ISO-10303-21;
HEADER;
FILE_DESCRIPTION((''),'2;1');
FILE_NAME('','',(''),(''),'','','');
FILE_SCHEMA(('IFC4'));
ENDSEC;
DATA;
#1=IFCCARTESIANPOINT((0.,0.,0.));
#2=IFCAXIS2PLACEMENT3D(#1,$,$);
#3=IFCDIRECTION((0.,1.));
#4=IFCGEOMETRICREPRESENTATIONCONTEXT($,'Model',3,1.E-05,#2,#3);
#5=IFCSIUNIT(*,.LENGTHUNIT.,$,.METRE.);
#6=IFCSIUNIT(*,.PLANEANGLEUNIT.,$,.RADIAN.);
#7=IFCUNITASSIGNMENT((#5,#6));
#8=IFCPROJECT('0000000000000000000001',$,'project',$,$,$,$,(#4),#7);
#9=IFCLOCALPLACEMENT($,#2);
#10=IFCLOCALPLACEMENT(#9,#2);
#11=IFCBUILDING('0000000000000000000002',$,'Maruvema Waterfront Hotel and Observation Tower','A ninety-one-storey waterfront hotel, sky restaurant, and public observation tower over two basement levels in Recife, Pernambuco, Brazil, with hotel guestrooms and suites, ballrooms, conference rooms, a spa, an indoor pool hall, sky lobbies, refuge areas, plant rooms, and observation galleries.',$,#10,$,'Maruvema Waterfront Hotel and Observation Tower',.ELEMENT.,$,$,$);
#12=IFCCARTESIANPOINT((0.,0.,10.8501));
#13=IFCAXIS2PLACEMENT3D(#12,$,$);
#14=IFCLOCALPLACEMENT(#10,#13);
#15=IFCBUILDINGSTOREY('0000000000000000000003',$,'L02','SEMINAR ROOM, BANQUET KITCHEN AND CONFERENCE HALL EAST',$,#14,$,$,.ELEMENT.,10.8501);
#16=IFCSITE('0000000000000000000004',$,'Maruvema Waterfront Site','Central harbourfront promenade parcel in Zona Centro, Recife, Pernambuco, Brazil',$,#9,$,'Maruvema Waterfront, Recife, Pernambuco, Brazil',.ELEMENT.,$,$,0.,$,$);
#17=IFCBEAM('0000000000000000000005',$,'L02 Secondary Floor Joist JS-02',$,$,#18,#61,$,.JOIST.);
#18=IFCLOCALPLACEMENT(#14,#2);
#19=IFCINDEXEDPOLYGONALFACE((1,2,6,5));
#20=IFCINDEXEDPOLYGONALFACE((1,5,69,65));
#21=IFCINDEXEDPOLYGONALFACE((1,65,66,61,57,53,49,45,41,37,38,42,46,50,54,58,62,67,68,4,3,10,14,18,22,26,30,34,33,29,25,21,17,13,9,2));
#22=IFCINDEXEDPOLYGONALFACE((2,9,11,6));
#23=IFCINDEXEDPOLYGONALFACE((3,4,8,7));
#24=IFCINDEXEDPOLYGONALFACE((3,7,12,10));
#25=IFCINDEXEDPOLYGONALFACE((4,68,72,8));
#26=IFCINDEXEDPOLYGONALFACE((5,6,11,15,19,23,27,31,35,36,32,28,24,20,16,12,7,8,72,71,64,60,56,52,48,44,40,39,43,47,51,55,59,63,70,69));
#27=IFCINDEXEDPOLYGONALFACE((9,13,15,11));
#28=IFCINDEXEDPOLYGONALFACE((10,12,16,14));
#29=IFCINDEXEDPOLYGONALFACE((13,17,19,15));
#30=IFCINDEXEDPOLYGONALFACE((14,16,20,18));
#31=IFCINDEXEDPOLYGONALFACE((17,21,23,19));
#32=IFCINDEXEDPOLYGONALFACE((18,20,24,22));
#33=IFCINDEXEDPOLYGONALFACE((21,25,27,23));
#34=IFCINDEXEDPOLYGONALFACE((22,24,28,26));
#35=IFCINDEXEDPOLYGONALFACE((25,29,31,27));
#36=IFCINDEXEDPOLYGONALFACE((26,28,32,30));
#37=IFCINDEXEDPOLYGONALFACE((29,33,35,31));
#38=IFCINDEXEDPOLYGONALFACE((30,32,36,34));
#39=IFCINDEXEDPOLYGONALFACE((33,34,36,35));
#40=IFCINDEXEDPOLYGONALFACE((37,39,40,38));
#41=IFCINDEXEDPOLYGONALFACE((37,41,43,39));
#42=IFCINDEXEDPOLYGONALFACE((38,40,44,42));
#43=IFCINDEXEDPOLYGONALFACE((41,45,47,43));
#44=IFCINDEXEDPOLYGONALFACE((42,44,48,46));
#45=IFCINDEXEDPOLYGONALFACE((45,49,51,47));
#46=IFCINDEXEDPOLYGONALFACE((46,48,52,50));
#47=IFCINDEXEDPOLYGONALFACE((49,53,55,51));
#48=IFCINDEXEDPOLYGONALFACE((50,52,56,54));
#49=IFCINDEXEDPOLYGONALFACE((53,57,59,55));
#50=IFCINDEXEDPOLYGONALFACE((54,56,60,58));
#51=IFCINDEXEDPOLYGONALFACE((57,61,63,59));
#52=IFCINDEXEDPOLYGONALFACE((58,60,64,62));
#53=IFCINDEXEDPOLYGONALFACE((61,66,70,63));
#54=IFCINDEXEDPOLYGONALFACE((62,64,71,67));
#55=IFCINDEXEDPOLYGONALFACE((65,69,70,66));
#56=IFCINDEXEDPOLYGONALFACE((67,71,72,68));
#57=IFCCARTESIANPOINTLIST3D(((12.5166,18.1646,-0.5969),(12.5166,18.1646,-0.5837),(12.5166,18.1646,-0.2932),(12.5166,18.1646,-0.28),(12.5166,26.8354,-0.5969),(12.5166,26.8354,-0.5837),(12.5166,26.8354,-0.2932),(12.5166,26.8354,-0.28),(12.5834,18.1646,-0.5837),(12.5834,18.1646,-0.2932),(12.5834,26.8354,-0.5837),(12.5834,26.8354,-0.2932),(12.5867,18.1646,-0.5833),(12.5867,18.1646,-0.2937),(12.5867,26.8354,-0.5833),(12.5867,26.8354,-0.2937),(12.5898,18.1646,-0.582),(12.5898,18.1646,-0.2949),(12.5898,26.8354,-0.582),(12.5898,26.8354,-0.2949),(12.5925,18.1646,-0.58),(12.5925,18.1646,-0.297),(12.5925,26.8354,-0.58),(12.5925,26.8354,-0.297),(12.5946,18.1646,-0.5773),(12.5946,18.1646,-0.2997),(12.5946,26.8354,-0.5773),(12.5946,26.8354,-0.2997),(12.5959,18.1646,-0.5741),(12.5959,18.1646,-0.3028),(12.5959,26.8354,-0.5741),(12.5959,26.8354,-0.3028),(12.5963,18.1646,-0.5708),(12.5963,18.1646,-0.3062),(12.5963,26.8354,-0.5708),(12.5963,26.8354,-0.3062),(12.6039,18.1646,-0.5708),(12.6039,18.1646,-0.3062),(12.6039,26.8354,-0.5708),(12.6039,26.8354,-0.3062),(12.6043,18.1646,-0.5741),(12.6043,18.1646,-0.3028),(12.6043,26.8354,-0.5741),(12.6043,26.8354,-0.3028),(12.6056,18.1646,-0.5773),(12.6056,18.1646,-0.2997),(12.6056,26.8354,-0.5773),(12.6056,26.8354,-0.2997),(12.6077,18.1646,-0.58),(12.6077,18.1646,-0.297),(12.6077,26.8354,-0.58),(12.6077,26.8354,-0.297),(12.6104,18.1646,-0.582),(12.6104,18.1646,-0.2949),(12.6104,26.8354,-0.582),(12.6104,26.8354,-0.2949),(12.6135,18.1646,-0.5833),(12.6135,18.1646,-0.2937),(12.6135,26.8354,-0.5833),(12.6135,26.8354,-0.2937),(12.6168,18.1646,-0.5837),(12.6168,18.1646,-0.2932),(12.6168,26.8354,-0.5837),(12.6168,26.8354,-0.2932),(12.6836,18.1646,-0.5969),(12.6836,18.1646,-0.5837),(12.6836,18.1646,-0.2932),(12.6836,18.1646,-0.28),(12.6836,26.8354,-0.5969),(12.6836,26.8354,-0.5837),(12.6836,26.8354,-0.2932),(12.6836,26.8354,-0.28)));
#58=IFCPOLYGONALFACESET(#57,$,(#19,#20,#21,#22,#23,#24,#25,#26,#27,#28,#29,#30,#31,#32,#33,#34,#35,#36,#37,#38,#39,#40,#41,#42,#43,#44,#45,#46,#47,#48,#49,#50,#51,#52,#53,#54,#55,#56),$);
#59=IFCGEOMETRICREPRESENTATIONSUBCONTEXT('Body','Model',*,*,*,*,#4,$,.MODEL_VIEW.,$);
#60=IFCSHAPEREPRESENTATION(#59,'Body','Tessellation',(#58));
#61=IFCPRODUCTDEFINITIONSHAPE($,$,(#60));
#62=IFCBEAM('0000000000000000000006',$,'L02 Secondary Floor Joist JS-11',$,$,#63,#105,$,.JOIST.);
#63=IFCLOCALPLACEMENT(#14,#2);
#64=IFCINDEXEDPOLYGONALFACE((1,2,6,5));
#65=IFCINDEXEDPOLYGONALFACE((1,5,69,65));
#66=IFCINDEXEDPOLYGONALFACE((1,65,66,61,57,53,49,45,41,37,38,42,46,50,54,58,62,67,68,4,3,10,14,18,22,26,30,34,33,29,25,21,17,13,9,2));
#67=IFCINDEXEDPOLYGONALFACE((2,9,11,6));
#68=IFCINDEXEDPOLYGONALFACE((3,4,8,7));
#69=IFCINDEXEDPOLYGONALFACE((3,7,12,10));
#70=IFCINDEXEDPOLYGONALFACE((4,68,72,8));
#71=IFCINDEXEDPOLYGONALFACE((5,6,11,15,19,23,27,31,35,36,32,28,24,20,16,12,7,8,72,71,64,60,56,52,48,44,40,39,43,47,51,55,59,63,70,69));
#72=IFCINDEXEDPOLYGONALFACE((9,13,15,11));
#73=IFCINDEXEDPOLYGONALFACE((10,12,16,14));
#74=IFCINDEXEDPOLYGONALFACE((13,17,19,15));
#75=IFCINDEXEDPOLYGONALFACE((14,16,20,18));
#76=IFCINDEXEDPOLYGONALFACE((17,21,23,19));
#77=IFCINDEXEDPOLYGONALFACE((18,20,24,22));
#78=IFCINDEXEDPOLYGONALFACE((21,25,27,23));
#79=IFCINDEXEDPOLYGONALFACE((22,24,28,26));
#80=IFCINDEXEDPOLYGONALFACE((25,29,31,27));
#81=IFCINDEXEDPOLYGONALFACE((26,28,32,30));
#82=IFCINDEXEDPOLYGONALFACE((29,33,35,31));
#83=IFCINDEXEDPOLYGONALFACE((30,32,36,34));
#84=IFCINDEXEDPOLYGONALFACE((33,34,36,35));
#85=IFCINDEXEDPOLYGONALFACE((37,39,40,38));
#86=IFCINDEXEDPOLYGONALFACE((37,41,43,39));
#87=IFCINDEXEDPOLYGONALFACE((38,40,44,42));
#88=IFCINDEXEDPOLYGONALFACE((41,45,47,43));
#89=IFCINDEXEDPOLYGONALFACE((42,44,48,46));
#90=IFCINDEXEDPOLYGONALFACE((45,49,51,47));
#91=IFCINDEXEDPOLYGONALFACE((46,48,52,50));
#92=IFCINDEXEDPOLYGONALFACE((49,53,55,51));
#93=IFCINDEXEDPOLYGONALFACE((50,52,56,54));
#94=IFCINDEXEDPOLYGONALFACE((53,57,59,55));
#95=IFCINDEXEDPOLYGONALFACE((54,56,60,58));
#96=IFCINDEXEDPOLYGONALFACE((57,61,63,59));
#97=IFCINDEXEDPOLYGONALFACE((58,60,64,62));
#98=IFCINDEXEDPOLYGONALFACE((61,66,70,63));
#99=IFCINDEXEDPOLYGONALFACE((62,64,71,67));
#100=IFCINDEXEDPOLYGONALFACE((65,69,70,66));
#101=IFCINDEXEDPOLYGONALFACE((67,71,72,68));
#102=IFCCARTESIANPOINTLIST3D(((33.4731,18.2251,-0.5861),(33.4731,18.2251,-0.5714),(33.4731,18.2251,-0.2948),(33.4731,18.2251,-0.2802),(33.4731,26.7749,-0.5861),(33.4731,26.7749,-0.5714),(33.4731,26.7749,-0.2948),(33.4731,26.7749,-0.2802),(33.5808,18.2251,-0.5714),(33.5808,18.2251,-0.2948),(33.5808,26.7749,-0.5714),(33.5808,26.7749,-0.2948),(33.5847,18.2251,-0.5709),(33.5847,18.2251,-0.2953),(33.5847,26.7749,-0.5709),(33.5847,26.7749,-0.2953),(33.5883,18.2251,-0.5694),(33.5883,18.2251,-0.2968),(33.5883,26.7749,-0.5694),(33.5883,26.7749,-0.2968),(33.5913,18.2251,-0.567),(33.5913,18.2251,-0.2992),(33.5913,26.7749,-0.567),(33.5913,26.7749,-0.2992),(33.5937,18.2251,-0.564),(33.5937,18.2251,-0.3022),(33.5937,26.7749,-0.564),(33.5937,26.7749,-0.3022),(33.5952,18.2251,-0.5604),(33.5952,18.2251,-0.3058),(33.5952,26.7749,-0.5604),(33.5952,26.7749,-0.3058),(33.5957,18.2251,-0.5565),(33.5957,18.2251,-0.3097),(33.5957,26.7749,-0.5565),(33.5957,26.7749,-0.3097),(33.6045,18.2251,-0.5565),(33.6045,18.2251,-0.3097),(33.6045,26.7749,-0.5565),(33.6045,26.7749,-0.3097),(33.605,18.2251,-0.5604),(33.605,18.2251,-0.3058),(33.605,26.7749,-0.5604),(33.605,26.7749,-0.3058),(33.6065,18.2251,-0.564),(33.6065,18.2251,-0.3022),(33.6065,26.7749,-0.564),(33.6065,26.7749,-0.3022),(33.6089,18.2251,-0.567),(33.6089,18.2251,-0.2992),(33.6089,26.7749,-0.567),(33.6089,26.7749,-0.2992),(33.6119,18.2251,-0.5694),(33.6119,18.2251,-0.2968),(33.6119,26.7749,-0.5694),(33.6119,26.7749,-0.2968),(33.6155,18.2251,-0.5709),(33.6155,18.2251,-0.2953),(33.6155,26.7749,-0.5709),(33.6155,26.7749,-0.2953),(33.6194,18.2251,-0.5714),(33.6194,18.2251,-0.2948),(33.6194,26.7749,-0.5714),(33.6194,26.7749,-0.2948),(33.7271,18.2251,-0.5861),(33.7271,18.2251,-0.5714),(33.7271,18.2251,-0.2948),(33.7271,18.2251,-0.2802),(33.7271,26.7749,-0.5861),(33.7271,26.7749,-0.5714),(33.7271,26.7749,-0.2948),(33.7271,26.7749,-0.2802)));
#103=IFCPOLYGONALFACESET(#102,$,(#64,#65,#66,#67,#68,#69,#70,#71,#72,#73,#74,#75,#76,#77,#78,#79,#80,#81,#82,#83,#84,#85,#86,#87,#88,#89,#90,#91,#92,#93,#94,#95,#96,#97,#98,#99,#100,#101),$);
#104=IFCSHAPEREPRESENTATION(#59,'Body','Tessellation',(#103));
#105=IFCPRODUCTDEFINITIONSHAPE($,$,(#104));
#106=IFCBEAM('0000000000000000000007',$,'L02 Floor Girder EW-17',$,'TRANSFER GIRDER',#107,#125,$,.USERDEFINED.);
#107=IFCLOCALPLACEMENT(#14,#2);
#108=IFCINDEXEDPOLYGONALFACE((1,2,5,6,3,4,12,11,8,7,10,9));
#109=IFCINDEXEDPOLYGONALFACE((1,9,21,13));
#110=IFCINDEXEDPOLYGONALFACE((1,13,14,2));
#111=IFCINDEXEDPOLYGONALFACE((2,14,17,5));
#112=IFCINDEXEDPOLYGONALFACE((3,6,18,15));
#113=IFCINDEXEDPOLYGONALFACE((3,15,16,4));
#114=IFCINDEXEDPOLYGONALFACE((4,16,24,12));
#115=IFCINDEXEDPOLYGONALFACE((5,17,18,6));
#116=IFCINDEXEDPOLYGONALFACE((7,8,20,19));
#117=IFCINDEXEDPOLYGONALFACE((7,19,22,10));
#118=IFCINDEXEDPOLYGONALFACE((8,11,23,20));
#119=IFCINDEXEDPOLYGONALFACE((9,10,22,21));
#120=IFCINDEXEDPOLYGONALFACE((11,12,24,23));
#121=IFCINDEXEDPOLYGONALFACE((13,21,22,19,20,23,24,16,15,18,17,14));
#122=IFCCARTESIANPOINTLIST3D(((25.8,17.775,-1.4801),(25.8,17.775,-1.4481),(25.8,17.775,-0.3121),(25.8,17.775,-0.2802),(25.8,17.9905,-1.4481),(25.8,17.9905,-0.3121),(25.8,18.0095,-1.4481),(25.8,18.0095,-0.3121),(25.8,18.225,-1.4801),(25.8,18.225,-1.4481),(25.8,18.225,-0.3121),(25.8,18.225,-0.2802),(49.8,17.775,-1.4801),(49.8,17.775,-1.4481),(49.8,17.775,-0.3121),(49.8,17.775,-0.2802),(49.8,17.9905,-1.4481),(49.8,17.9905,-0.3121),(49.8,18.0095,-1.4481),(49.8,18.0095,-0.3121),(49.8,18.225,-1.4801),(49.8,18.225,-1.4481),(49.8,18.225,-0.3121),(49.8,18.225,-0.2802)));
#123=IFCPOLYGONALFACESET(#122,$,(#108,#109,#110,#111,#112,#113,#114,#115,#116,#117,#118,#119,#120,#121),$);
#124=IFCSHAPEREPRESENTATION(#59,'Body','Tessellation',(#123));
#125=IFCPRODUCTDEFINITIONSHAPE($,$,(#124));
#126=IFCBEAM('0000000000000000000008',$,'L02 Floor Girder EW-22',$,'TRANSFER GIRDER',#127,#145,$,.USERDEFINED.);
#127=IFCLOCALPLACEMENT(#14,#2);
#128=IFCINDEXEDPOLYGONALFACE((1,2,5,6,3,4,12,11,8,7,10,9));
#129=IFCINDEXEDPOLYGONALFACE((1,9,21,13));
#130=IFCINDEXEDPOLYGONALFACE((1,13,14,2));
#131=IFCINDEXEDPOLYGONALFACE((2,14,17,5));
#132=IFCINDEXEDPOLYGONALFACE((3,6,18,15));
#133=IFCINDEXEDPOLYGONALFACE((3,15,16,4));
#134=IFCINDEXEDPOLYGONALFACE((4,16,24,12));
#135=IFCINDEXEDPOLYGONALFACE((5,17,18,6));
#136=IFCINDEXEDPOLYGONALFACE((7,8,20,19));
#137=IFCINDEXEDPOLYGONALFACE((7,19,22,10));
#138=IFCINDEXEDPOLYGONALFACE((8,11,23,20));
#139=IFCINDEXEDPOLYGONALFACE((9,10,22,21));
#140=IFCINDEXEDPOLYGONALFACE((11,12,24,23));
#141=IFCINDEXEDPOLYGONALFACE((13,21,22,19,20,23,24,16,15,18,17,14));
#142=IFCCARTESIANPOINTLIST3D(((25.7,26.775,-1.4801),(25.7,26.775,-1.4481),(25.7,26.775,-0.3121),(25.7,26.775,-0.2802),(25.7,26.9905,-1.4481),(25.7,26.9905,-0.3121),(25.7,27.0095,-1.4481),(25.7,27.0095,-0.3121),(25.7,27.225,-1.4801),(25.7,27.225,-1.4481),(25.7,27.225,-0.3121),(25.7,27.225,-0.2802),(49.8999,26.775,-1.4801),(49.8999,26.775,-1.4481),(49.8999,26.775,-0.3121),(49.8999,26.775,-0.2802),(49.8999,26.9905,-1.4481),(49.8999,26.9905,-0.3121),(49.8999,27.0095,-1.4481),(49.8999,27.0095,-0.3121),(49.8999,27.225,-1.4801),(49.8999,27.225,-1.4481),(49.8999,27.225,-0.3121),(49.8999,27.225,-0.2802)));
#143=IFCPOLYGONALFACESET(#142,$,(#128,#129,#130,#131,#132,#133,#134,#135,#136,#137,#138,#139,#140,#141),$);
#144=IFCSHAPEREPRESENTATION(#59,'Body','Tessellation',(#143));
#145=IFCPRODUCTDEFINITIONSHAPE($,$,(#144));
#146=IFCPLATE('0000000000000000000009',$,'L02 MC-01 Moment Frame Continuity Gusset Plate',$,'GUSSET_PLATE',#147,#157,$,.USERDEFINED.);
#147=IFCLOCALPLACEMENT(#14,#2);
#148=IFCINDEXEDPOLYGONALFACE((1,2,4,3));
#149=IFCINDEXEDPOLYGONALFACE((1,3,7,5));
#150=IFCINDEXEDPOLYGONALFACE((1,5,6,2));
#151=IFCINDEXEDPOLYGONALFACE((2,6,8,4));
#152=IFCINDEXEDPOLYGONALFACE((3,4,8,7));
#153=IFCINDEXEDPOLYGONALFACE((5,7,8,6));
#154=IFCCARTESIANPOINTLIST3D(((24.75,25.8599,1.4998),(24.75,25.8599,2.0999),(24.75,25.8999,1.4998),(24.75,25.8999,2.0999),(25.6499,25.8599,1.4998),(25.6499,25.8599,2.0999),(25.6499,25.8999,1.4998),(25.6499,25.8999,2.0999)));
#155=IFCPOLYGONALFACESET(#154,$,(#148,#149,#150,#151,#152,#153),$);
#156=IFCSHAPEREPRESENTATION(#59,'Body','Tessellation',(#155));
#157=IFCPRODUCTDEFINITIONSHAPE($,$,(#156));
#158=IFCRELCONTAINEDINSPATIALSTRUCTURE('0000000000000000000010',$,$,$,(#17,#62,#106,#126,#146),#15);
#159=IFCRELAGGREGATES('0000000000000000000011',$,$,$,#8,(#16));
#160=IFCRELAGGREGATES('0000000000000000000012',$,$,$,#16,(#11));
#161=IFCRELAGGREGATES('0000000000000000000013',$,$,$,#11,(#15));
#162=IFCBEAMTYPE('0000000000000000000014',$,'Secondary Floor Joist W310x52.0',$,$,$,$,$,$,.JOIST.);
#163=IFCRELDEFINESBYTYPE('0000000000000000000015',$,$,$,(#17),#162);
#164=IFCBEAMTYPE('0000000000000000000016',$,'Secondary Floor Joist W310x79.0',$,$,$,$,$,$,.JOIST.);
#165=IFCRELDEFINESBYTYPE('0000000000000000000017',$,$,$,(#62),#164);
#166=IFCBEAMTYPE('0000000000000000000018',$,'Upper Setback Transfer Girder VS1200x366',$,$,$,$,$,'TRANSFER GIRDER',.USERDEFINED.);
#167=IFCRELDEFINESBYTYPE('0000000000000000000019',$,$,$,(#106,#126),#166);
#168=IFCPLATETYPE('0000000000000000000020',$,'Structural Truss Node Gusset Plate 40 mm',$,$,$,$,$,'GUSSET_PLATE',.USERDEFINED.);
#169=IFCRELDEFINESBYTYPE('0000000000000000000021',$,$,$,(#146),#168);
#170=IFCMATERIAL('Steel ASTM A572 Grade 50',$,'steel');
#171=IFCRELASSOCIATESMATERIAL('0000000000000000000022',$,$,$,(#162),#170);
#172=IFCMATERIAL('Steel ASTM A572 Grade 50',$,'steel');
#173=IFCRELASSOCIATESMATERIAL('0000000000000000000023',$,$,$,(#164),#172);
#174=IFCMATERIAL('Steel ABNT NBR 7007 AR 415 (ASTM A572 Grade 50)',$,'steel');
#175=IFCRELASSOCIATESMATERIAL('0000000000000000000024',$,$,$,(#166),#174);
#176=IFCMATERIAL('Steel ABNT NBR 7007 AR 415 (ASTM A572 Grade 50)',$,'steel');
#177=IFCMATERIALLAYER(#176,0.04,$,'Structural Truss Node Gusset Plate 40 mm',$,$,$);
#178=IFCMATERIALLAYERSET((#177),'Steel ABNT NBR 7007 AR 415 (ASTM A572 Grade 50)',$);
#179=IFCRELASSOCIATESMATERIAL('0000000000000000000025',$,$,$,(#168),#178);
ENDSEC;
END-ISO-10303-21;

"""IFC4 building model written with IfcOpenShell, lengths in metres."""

from ifc_helpers import new_model, si_unit, direction, frame, origin, origin_2d, place, context, subcontext, project, spatial, rectangle, i_section, extrude, material, layer, layer_set, material_profile, profile_set, type_object, element, save


model = new_model("IFC4")

# Units and contexts
model_context = context("Model", 3, precision=1e-05, world=origin(), true_north=direction((0.0, 1.0)))
body_context = subcontext(model_context, "Body", "Model", "MODEL_VIEW")
ifc_project = project(units=[si_unit("LENGTHUNIT", "METRE"), si_unit("PLANEANGLEUNIT", "RADIAN")], contexts=[model_context])

# Site, building, storey
site_placement = place(None, origin())
site = spatial("IfcSite", under=ifc_project, at=site_placement, Name="Maruvema Waterfront Site", Description="Central harbourfront promenade parcel in Zona Centro, Recife, Pernambuco, Brazil", LongName="Maruvema Waterfront, Recife, Pernambuco, Brazil", CompositionType="ELEMENT", RefElevation=0.0)
building_placement = place(site_placement, origin())
building = spatial("IfcBuilding", under=site, at=building_placement, Name="Maruvema Waterfront Hotel and Observation Tower", Description="A ninety-one-storey waterfront hotel, sky restaurant, and public observation tower over two basement levels in Recife, Pernambuco, Brazil, with hotel guestrooms and suites, ballrooms, conference rooms, a spa, an indoor pool hall, sky lobbies, refuge areas, plant rooms, and observation galleries.", LongName="Maruvema Waterfront Hotel and Observation Tower", CompositionType="ELEMENT")
storey_placement = place(building_placement, frame((0.0, 0.0, 10.8501)))
storey = spatial("IfcBuildingStorey", under=building, at=storey_placement, Name="L02", Description="SEMINAR ROOM, BANQUET KITCHEN AND CONFERENCE HALL EAST", CompositionType="ELEMENT", Elevation=10.8501)

# Beams
ifc_material_1 = material(Name="Steel ASTM A572 Grade 50", Category="steel")
ifc_material_profile_1 = material_profile(ifc_material_1, i_section(OverallWidth=0.167, OverallDepth=0.3169, WebThickness=0.0076, FlangeThickness=0.0132, FilletRadius=0.0129, at=origin_2d()), Name="W310x52.0")
ifc_profile_set_1 = profile_set([ifc_material_profile_1], Name="Steel ASTM A572 Grade 50")
beam_type_1 = type_object("IfcBeamType", Name="Secondary Floor Joist W310x52.0", PredefinedType="JOIST", material=ifc_profile_set_1)
beam_1_placement = place(storey_placement, frame((12.6001, 18.1646, -0.4385), z_axis=(0.0, 1.0, 0.0), x_axis=(-1.0, 0.0, 0.0)))
element("IfcBeam", 1, at=beam_1_placement, inside=storey, type_object=beam_type_1, Name="L02 Secondary Floor Joist JS-02", PredefinedType="JOIST", context=body_context, shape_type="SweptSolid", body=[
    extrude(i_section(OverallWidth=0.167, OverallDepth=0.3169, WebThickness=0.0076, FlangeThickness=0.0132, FilletRadius=0.0129, at=origin_2d()), origin(), (0.0, 0.0, 1.0), 8.6709),
])
ifc_material_2 = material(Name="Steel ASTM A572 Grade 50", Category="steel")
ifc_material_profile_2 = material_profile(ifc_material_2, i_section(OverallWidth=0.2539, OverallDepth=0.3059, WebThickness=0.0088, FlangeThickness=0.0146, FilletRadius=0.0149, at=origin_2d()), Name="W310x79.0")
ifc_profile_set_2 = profile_set([ifc_material_profile_2], Name="Steel ASTM A572 Grade 50")
beam_type_2 = type_object("IfcBeamType", Name="Secondary Floor Joist W310x79.0", PredefinedType="JOIST", material=ifc_profile_set_2)
beam_2_placement = place(storey_placement, frame((33.6001, 18.2251, -0.4331), z_axis=(0.0, 1.0, 0.0), x_axis=(-1.0, 0.0, 0.0)))
element("IfcBeam", 2, at=beam_2_placement, inside=storey, type_object=beam_type_2, Name="L02 Secondary Floor Joist JS-11", PredefinedType="JOIST", context=body_context, shape_type="SweptSolid", body=[
    extrude(i_section(OverallWidth=0.2539, OverallDepth=0.3059, WebThickness=0.0088, FlangeThickness=0.0146, FilletRadius=0.0149, at=origin_2d()), origin(), (0.0, 0.0, 1.0), 8.5498),
])
ifc_material_3 = material(Name="Steel ABNT NBR 7007 AR 415 (ASTM A572 Grade 50)", Category="steel")
ifc_material_profile_3 = material_profile(ifc_material_3, i_section(OverallWidth=0.45, OverallDepth=1.2, WebThickness=0.019, FlangeThickness=0.032, at=origin_2d()), Name="VS1200x366")
ifc_profile_set_3 = profile_set([ifc_material_profile_3], Name="Steel ABNT NBR 7007 AR 415 (ASTM A572 Grade 50)")
beam_type_3 = type_object("IfcBeamType", Name="Upper Setback Transfer Girder VS1200x366", ElementType="TRANSFER GIRDER", PredefinedType="USERDEFINED", material=ifc_profile_set_3)
beam_3_placement = place(storey_placement, frame((25.8, 18.0, -0.8801), z_axis=(1.0, 0.0, 0.0), x_axis=(0.0, 1.0, 0.0)))
element("IfcBeam", 3, at=beam_3_placement, inside=storey, type_object=beam_type_3, Name="L02 Floor Girder EW-17", ObjectType="TRANSFER GIRDER", PredefinedType="USERDEFINED", context=body_context, shape_type="SweptSolid", body=[
    extrude(i_section(OverallWidth=0.45, OverallDepth=1.2, WebThickness=0.019, FlangeThickness=0.032, at=origin_2d()), origin(), (0.0, 0.0, 1.0), 24.0),
])
beam_4_placement = place(storey_placement, frame((25.7, 27.0, -0.8801), z_axis=(1.0, 0.0, 0.0), x_axis=(0.0, 1.0, 0.0)))
element("IfcBeam", 4, at=beam_4_placement, inside=storey, type_object=beam_type_3, Name="L02 Floor Girder EW-22", ObjectType="TRANSFER GIRDER", PredefinedType="USERDEFINED", context=body_context, shape_type="SweptSolid", body=[
    extrude(i_section(OverallWidth=0.45, OverallDepth=1.2, WebThickness=0.019, FlangeThickness=0.032, at=origin_2d()), origin(), (0.0, 0.0, 1.0), 24.2),
])

# Plate
ifc_material_4 = material(Name="Steel ABNT NBR 7007 AR 415 (ASTM A572 Grade 50)", Category="steel")
ifc_layer_1 = layer(ifc_material_4, 0.04, Name="Structural Truss Node Gusset Plate 40 mm")
ifc_layer_set_1 = layer_set([ifc_layer_1], Name="Steel ABNT NBR 7007 AR 415 (ASTM A572 Grade 50)")
plate_type = type_object("IfcPlateType", Name="Structural Truss Node Gusset Plate 40 mm", ElementType="GUSSET_PLATE", PredefinedType="USERDEFINED", material=ifc_layer_set_1)
plate_placement = place(storey_placement, frame((25.2, 25.8799, 1.4998), z_axis=(0.0, 0.0, 1.0), x_axis=(1.0, 0.0, 0.0)))
element("IfcPlate", 5, at=plate_placement, inside=storey, type_object=plate_type, Name="L02 MC-01 Moment Frame Continuity Gusset Plate", ObjectType="GUSSET_PLATE", PredefinedType="USERDEFINED", context=body_context, shape_type="SweptSolid", body=[
    extrude(rectangle(XDim=0.8999, YDim=0.04, at=origin_2d()), origin(), (0.0, 0.0, 1.0), 0.6001),
])

save(model, "model.ifc")
